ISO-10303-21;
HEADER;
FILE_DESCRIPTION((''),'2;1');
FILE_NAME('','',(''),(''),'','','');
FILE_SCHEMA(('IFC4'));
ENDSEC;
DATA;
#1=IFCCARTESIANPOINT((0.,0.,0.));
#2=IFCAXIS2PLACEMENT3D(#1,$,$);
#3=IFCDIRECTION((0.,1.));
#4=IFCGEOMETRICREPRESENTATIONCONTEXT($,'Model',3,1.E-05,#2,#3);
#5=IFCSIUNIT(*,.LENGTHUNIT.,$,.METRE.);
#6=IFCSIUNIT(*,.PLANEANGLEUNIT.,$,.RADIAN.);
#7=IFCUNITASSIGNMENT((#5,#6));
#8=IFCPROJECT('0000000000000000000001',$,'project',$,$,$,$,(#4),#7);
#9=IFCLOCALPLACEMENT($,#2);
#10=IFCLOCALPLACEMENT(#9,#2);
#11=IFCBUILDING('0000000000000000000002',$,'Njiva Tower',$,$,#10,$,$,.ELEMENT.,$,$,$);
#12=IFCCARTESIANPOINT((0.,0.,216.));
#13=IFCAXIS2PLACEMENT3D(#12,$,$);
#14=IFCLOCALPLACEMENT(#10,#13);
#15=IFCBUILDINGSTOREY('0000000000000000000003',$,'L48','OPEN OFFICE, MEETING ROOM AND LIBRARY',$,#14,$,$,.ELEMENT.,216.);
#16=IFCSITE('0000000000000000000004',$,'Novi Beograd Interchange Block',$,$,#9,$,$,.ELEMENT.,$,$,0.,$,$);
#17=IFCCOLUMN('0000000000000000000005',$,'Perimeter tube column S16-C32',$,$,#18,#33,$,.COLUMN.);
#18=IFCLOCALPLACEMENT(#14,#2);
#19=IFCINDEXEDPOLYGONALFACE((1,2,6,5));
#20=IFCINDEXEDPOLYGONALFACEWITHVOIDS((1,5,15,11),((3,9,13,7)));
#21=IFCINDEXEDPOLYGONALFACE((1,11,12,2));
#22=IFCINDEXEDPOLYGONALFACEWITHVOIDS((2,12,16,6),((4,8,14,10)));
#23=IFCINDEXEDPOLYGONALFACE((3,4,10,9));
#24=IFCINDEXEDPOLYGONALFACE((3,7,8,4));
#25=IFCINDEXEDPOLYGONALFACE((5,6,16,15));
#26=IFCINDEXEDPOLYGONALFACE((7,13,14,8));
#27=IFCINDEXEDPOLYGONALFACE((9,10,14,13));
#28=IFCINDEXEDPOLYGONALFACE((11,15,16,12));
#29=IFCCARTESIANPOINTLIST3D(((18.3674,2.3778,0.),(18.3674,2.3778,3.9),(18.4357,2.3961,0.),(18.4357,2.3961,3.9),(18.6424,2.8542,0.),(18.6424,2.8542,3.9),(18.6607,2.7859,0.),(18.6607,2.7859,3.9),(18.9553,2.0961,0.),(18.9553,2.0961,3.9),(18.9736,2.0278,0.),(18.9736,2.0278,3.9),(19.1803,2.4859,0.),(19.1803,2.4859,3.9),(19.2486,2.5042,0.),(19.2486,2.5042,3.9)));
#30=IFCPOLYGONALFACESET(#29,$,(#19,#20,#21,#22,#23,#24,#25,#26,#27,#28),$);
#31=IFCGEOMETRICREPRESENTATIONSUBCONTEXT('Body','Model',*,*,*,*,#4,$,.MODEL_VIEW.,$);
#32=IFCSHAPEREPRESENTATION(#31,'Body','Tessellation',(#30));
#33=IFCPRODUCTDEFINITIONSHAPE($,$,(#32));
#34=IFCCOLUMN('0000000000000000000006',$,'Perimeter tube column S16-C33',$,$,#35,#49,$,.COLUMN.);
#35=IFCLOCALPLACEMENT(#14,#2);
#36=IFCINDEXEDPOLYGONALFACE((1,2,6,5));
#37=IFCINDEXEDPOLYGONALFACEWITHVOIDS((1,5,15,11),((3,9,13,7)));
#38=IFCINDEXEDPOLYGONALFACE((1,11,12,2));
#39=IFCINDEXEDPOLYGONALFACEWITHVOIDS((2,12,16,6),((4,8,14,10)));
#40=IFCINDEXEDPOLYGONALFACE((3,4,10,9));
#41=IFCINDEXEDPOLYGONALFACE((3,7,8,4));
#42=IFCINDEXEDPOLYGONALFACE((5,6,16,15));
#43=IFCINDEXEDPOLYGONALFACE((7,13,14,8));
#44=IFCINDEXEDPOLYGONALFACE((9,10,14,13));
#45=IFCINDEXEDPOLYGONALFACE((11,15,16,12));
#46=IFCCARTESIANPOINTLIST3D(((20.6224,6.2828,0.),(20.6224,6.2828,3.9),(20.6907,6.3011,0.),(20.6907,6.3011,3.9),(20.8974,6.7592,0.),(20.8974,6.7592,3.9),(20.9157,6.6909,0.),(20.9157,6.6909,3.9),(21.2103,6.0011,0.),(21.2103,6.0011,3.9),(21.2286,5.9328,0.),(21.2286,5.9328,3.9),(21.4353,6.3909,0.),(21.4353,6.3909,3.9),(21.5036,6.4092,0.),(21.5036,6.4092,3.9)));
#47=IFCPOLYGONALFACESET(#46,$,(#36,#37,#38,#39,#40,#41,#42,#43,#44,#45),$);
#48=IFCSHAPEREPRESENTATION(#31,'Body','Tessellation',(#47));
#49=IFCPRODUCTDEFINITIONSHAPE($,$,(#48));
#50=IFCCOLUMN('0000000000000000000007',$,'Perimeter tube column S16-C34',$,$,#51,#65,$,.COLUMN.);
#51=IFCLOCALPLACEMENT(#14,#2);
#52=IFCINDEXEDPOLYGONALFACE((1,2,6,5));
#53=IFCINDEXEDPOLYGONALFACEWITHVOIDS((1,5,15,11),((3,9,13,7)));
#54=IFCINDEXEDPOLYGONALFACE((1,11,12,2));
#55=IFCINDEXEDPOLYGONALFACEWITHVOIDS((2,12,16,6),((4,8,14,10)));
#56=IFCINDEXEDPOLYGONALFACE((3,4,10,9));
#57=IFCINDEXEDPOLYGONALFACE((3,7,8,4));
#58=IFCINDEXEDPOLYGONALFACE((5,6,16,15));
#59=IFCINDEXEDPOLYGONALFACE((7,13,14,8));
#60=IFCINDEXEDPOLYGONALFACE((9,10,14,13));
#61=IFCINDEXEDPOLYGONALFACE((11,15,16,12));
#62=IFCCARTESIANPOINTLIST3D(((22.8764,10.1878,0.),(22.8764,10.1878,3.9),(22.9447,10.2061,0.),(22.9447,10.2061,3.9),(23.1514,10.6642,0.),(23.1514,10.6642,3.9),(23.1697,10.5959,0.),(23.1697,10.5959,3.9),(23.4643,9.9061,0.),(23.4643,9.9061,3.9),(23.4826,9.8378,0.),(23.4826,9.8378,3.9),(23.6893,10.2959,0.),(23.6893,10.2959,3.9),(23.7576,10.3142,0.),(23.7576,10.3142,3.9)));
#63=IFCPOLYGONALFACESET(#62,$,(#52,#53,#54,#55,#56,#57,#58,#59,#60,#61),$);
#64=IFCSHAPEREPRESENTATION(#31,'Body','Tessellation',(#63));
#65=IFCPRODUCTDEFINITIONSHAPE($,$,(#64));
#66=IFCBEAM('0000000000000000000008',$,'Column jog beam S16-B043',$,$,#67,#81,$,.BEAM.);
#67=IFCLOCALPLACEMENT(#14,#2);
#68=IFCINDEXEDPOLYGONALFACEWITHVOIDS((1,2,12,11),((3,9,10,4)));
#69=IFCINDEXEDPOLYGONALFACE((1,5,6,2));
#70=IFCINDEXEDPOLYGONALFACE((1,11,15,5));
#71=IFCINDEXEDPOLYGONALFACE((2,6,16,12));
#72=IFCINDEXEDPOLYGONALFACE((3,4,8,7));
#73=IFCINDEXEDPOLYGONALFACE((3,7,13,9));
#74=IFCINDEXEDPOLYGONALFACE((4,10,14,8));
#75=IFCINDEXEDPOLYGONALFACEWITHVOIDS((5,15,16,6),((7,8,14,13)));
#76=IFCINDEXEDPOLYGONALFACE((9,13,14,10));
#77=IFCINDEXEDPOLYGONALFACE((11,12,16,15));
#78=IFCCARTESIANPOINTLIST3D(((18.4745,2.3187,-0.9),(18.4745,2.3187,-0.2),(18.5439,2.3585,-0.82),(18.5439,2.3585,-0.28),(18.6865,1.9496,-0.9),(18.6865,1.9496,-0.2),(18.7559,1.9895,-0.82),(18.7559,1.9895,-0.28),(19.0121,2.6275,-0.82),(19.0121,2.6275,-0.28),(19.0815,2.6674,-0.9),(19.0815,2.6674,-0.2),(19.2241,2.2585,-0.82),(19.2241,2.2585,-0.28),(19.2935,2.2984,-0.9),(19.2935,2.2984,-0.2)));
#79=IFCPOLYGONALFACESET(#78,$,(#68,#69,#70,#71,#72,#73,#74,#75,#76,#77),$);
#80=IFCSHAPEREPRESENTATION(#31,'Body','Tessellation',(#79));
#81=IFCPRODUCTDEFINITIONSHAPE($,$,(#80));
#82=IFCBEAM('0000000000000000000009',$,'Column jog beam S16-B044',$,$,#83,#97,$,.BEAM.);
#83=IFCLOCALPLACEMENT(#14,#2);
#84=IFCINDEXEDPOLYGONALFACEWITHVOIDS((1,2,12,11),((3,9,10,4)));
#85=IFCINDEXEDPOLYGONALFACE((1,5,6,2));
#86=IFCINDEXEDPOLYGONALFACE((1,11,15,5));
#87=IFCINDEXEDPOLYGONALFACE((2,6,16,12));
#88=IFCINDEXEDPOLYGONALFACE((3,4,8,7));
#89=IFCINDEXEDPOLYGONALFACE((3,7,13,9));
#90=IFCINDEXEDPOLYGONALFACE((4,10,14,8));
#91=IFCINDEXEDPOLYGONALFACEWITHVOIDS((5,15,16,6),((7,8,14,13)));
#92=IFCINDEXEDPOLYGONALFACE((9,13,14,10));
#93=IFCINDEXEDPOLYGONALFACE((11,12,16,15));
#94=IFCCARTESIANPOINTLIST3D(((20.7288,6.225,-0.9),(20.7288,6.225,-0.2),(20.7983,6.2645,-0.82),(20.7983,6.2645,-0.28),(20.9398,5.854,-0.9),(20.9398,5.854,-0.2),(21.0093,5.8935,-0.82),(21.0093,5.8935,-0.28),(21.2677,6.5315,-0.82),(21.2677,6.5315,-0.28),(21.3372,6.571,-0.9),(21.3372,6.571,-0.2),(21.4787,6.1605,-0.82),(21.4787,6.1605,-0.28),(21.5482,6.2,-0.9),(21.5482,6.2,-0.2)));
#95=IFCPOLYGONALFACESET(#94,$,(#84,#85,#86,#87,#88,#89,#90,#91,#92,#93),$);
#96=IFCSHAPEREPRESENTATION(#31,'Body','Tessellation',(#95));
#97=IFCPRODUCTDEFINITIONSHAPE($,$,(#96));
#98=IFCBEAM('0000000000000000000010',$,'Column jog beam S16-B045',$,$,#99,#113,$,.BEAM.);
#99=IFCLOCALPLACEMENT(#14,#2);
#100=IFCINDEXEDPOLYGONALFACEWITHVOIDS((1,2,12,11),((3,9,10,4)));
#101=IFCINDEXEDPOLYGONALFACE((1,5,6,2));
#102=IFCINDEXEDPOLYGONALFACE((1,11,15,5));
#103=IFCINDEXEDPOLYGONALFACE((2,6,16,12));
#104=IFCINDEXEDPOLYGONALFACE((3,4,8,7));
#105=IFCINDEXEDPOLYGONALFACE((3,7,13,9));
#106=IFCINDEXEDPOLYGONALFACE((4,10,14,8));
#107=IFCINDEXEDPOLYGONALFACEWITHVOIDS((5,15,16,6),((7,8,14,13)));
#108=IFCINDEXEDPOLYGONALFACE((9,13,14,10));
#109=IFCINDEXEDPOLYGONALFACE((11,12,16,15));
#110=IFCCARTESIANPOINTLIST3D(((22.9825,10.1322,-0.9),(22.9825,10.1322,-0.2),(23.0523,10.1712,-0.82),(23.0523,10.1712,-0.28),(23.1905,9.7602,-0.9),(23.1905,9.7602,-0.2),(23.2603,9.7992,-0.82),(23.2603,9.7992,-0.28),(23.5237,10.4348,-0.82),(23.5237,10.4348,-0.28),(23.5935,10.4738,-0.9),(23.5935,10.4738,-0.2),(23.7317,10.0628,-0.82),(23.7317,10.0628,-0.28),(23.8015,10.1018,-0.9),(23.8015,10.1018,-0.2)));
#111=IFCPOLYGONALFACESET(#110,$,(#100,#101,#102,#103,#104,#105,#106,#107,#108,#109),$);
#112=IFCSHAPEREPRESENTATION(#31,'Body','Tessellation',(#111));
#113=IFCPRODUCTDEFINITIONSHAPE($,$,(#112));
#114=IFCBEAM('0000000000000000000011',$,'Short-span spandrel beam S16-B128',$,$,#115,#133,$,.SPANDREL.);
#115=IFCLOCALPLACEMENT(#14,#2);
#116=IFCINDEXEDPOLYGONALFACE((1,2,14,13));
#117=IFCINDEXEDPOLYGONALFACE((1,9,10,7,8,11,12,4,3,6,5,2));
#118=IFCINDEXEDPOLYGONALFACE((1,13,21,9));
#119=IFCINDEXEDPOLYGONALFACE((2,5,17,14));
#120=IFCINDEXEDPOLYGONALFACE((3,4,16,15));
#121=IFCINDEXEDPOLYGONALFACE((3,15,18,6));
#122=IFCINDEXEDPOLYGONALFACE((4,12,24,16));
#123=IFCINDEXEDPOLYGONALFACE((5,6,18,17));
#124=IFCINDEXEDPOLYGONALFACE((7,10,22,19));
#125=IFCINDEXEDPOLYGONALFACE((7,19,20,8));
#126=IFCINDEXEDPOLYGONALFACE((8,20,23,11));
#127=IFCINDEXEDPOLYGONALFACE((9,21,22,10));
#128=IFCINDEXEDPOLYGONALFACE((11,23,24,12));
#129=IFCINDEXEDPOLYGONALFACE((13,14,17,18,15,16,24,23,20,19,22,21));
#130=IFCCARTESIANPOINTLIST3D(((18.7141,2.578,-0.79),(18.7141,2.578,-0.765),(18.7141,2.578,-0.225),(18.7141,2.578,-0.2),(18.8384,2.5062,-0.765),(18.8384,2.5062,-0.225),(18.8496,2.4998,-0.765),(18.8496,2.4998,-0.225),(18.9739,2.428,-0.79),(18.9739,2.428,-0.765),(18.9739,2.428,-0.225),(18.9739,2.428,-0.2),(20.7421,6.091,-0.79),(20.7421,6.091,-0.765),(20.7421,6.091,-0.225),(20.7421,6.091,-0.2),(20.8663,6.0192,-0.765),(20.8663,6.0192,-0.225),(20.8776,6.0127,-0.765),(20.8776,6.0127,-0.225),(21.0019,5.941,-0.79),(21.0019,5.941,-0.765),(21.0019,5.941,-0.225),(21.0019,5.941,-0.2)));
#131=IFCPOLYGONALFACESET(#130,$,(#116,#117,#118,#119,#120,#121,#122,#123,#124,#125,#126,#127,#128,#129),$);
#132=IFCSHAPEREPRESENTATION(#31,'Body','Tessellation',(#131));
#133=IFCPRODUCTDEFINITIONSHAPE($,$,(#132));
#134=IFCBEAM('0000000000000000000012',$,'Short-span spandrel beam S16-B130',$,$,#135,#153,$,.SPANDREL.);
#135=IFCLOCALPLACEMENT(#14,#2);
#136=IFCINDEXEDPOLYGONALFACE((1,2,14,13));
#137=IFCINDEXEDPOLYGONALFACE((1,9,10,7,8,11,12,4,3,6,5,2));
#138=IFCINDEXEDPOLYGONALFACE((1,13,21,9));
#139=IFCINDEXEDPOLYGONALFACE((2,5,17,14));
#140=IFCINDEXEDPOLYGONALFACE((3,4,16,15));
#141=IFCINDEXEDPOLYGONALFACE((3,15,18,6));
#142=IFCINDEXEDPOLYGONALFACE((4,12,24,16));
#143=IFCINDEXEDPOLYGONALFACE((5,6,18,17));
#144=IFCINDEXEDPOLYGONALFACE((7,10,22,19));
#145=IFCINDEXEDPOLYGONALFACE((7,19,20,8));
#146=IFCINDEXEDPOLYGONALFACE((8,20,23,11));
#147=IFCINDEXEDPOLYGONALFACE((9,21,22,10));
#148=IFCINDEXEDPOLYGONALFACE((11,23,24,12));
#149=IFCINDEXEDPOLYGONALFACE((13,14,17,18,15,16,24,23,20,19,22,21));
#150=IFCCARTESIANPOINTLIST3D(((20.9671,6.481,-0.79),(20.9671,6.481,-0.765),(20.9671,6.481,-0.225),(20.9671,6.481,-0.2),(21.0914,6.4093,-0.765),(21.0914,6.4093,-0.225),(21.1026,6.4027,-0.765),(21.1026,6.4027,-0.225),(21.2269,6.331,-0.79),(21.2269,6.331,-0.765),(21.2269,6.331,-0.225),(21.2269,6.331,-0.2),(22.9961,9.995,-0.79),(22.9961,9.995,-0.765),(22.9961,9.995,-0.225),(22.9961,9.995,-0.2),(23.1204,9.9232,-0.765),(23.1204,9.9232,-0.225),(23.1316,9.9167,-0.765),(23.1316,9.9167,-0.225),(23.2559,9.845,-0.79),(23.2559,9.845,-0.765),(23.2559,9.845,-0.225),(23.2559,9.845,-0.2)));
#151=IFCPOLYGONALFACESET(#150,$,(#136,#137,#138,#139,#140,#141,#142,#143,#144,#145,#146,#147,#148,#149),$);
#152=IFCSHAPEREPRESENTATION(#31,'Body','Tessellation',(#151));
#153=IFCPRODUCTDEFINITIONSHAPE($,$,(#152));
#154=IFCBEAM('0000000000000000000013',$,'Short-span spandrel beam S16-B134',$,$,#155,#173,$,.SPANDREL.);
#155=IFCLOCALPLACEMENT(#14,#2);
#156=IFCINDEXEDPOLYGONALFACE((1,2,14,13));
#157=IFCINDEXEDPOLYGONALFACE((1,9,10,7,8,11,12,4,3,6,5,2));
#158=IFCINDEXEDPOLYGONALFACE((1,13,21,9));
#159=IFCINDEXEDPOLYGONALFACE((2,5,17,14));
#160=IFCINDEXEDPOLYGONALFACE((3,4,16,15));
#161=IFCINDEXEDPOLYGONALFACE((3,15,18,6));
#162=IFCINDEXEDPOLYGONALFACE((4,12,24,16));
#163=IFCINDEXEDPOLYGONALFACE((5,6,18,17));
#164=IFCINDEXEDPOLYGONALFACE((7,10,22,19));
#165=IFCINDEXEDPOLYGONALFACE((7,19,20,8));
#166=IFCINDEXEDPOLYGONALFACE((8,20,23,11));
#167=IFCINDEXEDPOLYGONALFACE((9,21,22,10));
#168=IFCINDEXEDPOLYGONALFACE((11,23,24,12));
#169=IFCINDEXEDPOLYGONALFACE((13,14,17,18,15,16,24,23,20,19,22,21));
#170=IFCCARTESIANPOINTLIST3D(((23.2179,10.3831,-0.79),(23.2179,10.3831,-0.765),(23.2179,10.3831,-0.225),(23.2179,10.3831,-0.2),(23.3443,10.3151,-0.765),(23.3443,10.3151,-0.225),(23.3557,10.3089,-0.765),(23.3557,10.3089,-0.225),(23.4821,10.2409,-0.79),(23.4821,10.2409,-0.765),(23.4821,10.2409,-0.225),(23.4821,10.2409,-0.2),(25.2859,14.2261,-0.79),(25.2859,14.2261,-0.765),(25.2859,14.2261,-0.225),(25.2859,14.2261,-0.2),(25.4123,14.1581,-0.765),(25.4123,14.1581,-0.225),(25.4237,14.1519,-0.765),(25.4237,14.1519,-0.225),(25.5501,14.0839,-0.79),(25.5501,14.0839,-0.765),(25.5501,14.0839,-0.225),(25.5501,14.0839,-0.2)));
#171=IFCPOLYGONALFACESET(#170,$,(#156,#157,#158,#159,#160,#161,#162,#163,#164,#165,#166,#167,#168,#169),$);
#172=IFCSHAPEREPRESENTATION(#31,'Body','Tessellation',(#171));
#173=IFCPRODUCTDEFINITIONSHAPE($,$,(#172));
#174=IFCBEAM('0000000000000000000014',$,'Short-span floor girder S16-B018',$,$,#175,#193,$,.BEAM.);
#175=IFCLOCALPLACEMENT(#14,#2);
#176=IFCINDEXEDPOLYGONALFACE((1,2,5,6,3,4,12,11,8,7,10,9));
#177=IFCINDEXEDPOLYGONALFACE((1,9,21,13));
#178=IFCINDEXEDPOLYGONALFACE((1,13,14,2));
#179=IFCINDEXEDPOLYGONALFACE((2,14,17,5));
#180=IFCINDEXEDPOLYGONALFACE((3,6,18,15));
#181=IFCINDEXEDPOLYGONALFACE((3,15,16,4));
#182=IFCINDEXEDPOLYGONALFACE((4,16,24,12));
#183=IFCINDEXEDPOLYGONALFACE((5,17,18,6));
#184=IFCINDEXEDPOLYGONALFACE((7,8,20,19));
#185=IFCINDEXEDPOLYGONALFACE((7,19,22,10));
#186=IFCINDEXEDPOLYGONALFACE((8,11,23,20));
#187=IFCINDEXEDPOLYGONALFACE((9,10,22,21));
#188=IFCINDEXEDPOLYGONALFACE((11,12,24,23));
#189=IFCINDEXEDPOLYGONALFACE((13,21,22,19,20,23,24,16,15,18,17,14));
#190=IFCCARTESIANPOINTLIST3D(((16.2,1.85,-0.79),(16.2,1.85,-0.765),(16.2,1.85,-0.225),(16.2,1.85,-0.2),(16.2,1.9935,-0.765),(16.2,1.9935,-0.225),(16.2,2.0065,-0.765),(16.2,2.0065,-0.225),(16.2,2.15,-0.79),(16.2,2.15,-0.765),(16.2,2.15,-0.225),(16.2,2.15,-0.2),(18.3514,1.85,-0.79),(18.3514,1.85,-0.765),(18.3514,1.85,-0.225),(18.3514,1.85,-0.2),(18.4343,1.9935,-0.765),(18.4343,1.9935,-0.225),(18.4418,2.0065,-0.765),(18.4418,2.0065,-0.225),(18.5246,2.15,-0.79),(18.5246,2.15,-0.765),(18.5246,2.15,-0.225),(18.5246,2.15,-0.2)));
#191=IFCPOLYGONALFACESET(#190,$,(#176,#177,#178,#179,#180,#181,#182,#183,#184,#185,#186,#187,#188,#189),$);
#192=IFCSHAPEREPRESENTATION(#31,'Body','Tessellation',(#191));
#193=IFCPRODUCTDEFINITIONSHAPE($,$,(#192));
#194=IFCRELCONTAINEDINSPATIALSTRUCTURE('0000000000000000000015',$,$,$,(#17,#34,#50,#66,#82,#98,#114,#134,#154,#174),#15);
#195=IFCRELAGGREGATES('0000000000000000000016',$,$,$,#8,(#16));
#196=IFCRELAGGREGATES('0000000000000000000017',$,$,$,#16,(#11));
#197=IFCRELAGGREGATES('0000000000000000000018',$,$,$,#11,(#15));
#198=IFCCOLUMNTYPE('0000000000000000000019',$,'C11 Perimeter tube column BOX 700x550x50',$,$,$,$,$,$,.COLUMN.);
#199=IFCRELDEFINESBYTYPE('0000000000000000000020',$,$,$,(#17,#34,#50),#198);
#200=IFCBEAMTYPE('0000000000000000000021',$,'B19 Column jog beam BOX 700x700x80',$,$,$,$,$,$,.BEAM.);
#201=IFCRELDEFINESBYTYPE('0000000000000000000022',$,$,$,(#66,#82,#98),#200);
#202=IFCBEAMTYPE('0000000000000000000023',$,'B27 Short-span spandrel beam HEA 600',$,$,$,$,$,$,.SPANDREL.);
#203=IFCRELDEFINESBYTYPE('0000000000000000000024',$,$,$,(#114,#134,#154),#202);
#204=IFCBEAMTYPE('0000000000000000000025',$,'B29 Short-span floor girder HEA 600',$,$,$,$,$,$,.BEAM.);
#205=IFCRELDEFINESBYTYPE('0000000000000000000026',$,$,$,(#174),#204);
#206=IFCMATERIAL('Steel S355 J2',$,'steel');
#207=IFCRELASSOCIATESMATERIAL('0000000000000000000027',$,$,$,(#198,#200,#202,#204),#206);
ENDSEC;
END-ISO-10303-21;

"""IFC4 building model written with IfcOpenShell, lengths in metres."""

from ifc_helpers import new_model, si_unit, direction, frame, origin, origin_2d, place, context, subcontext, project, spatial, hollow_rectangle, i_section, extrude, clip, halfspace, material, material_profile, profile_set, type_object, element, save


model = new_model("IFC4")

# Units and contexts
model_context = context("Model", 3, precision=1e-05, world=origin(), true_north=direction((0.0, 1.0)))
body_context = subcontext(model_context, "Body", "Model", "MODEL_VIEW")
ifc_project = project(units=[si_unit("LENGTHUNIT", "METRE"), si_unit("PLANEANGLEUNIT", "RADIAN")], contexts=[model_context])

# Site, building, storey
site_placement = place(None, origin())
site = spatial("IfcSite", under=ifc_project, at=site_placement, Name="Novi Beograd Interchange Block", CompositionType="ELEMENT", RefElevation=0.0)
building_placement = place(site_placement, origin())
building = spatial("IfcBuilding", under=site, at=building_placement, Name="Njiva Tower", CompositionType="ELEMENT")
storey_placement = place(building_placement, frame((0.0, 0.0, 216.0)))
storey = spatial("IfcBuildingStorey", under=building, at=storey_placement, Name="L48", Description="OPEN OFFICE, MEETING ROOM AND LIBRARY", CompositionType="ELEMENT", Elevation=216.0)

# Columns
ifc_material_1 = material(Name="Steel S355 J2", Category="steel")
ifc_material_profile_1 = material_profile(ifc_material_1, hollow_rectangle(XDim=0.55, YDim=0.7, WallThickness=0.05, at=origin_2d()), Name="BOX 700x550x50")
ifc_profile_set_1 = profile_set([ifc_material_profile_1], Name="Steel S355 J2")
column_type = type_object("IfcColumnType", Name="C11 Perimeter tube column BOX 700x550x50", PredefinedType="COLUMN", material=ifc_profile_set_1)
for number, where, z_axis, x_axis, name in (
    (1, (18.808, 2.441, 0.0), (0.0, 0.0, 1.0), (0.5, 0.866025, 0.0), "Perimeter tube column S16-C32"),
    (2, (21.063, 6.346, 0.0), (0.0, 0.0, 1.0), (0.5, 0.866025, 0.0), "Perimeter tube column S16-C33"),
    (3, (23.317, 10.251, 0.0), (0.0, 0.0, 1.0), (0.5, 0.866025, 0.0), "Perimeter tube column S16-C34"),
):
    element("IfcColumn", number, at=place(storey_placement, frame(where, z_axis=z_axis, x_axis=x_axis)), inside=storey, type_object=column_type, Name=name, PredefinedType="COLUMN", context=body_context, shape_type="SweptSolid", body=[
        extrude(hollow_rectangle(XDim=0.55, YDim=0.7, WallThickness=0.05, at=origin_2d()), origin(), (0.0, 0.0, 1.0), 3.9),
    ])

# Beams
ifc_material_profile_2 = material_profile(ifc_material_1, hollow_rectangle(XDim=0.7, YDim=0.7, WallThickness=0.08, at=origin_2d()), Name="BOX 700x700x80")
ifc_profile_set_2 = profile_set([ifc_material_profile_2], Name="Steel S355 J2")
beam_type_1 = type_object("IfcBeamType", Name="B19 Column jog beam BOX 700x700x80", PredefinedType="BEAM", material=ifc_profile_set_2)
beam_1_placement = place(storey_placement, frame((18.99, 2.124, -0.55), z_axis=(-0.498162, 0.867084, 0.0), x_axis=(-0.867084, -0.498162, 0.0)))
element("IfcBeam", 4, at=beam_1_placement, inside=storey, type_object=beam_type_1, Name="Column jog beam S16-B043", PredefinedType="BEAM", context=body_context, shape_type="SweptSolid", body=[
    extrude(hollow_rectangle(XDim=0.7, YDim=0.7, WallThickness=0.08, at=origin_2d()), origin(), (0.0, 0.0, 1.0), 0.4256),
])
beam_2_placement = place(storey_placement, frame((21.244, 6.027, -0.55), z_axis=(-0.494372, 0.869251, 0.0), x_axis=(-0.869251, -0.494372, 0.0)))
element("IfcBeam", 5, at=beam_2_placement, inside=storey, type_object=beam_type_1, Name="Column jog beam S16-B044", PredefinedType="BEAM", context=body_context, shape_type="SweptSolid", body=[
    extrude(hollow_rectangle(XDim=0.7, YDim=0.7, WallThickness=0.08, at=origin_2d()), origin(), (0.0, 0.0, 1.0), 0.4268),
])
beam_3_placement = place(storey_placement, frame((23.496, 9.931, -0.55), z_axis=(-0.488032, 0.872826, 0.0), x_axis=(-0.872826, -0.488032, 0.0)))
element("IfcBeam", 6, at=beam_3_placement, inside=storey, type_object=beam_type_1, Name="Column jog beam S16-B045", PredefinedType="BEAM", context=body_context, shape_type="SweptSolid", body=[
    extrude(hollow_rectangle(XDim=0.7, YDim=0.7, WallThickness=0.08, at=origin_2d()), origin(), (0.0, 0.0, 1.0), 0.4262),
])
ifc_material_profile_3 = material_profile(ifc_material_1, i_section(OverallWidth=0.3, OverallDepth=0.59, WebThickness=0.013, FlangeThickness=0.025, at=origin_2d()), Name="HEA 600")
ifc_profile_set_3 = profile_set([ifc_material_profile_3], Name="Steel S355 J2")
beam_type_2 = type_object("IfcBeamType", Name="B27 Short-span spandrel beam HEA 600", PredefinedType="SPANDREL", material=ifc_profile_set_3)
beam_4_placement = place(storey_placement, frame((18.844, 2.503, -0.495), z_axis=(0.499957, 0.86605, 0.0), x_axis=(-0.86605, 0.499957, 0.0)))
element("IfcBeam", 7, at=beam_4_placement, inside=storey, type_object=beam_type_2, Name="Short-span spandrel beam S16-B128", PredefinedType="SPANDREL", context=body_context, shape_type="SweptSolid", body=[
    extrude(i_section(OverallWidth=0.3, OverallDepth=0.59, WebThickness=0.013, FlangeThickness=0.025, at=origin_2d()), origin(), (0.0, 0.0, 1.0), 4.0563),
])
beam_5_placement = place(storey_placement, frame((21.097, 6.406, -0.495), z_axis=(0.500035, 0.866005, 0.0), x_axis=(-0.866005, 0.500035, 0.0)))
element("IfcBeam", 8, at=beam_5_placement, inside=storey, type_object=beam_type_2, Name="Short-span spandrel beam S16-B130", PredefinedType="SPANDREL", context=body_context, shape_type="SweptSolid", body=[
    extrude(i_section(OverallWidth=0.3, OverallDepth=0.59, WebThickness=0.013, FlangeThickness=0.025, at=origin_2d()), origin(), (0.0, 0.0, 1.0), 4.0577),
])
beam_6_placement = place(storey_placement, frame((23.35, 10.312, -0.495), z_axis=(0.473868, 0.880596, 0.0), x_axis=(-0.880596, 0.473868, 0.0)))
element("IfcBeam", 9, at=beam_6_placement, inside=storey, type_object=beam_type_2, Name="Short-span spandrel beam S16-B134", PredefinedType="SPANDREL", context=body_context, shape_type="SweptSolid", body=[
    extrude(i_section(OverallWidth=0.3, OverallDepth=0.59, WebThickness=0.013, FlangeThickness=0.025, at=origin_2d()), origin(), (0.0, 0.0, 1.0), 4.3641),
])
ifc_material_profile_4 = material_profile(ifc_material_1, i_section(OverallWidth=0.3, OverallDepth=0.59, WebThickness=0.013, FlangeThickness=0.025, at=origin_2d()), Name="HEA 600")
ifc_profile_set_4 = profile_set([ifc_material_profile_4], Name="Steel S355 J2")
beam_type_3 = type_object("IfcBeamType", Name="B29 Short-span floor girder HEA 600", PredefinedType="BEAM", material=ifc_profile_set_4)
beam_7_placement = place(storey_placement, frame((16.2, 2.0, -0.495), z_axis=(1.0, 0.0, 0.0), x_axis=(0.0, 1.0, 0.0)))
element("IfcBeam", 10, at=beam_7_placement, inside=storey, type_object=beam_type_3, Name="Short-span floor girder S16-B018", PredefinedType="BEAM", context=body_context, shape_type="Clipping", body=[
    clip(extrude(i_section(OverallWidth=0.3, OverallDepth=0.59, WebThickness=0.013, FlangeThickness=0.025, at=origin_2d()), origin(), (0.0, 0.0, 1.0), 2.345), halfspace(frame((-0.025, 0.0, 2.2236), z_axis=(-0.499998, 0.0, 0.866027), x_axis=(0.0, 1.0, 0.0)), False)),
])

save(model, "model.ifc")
